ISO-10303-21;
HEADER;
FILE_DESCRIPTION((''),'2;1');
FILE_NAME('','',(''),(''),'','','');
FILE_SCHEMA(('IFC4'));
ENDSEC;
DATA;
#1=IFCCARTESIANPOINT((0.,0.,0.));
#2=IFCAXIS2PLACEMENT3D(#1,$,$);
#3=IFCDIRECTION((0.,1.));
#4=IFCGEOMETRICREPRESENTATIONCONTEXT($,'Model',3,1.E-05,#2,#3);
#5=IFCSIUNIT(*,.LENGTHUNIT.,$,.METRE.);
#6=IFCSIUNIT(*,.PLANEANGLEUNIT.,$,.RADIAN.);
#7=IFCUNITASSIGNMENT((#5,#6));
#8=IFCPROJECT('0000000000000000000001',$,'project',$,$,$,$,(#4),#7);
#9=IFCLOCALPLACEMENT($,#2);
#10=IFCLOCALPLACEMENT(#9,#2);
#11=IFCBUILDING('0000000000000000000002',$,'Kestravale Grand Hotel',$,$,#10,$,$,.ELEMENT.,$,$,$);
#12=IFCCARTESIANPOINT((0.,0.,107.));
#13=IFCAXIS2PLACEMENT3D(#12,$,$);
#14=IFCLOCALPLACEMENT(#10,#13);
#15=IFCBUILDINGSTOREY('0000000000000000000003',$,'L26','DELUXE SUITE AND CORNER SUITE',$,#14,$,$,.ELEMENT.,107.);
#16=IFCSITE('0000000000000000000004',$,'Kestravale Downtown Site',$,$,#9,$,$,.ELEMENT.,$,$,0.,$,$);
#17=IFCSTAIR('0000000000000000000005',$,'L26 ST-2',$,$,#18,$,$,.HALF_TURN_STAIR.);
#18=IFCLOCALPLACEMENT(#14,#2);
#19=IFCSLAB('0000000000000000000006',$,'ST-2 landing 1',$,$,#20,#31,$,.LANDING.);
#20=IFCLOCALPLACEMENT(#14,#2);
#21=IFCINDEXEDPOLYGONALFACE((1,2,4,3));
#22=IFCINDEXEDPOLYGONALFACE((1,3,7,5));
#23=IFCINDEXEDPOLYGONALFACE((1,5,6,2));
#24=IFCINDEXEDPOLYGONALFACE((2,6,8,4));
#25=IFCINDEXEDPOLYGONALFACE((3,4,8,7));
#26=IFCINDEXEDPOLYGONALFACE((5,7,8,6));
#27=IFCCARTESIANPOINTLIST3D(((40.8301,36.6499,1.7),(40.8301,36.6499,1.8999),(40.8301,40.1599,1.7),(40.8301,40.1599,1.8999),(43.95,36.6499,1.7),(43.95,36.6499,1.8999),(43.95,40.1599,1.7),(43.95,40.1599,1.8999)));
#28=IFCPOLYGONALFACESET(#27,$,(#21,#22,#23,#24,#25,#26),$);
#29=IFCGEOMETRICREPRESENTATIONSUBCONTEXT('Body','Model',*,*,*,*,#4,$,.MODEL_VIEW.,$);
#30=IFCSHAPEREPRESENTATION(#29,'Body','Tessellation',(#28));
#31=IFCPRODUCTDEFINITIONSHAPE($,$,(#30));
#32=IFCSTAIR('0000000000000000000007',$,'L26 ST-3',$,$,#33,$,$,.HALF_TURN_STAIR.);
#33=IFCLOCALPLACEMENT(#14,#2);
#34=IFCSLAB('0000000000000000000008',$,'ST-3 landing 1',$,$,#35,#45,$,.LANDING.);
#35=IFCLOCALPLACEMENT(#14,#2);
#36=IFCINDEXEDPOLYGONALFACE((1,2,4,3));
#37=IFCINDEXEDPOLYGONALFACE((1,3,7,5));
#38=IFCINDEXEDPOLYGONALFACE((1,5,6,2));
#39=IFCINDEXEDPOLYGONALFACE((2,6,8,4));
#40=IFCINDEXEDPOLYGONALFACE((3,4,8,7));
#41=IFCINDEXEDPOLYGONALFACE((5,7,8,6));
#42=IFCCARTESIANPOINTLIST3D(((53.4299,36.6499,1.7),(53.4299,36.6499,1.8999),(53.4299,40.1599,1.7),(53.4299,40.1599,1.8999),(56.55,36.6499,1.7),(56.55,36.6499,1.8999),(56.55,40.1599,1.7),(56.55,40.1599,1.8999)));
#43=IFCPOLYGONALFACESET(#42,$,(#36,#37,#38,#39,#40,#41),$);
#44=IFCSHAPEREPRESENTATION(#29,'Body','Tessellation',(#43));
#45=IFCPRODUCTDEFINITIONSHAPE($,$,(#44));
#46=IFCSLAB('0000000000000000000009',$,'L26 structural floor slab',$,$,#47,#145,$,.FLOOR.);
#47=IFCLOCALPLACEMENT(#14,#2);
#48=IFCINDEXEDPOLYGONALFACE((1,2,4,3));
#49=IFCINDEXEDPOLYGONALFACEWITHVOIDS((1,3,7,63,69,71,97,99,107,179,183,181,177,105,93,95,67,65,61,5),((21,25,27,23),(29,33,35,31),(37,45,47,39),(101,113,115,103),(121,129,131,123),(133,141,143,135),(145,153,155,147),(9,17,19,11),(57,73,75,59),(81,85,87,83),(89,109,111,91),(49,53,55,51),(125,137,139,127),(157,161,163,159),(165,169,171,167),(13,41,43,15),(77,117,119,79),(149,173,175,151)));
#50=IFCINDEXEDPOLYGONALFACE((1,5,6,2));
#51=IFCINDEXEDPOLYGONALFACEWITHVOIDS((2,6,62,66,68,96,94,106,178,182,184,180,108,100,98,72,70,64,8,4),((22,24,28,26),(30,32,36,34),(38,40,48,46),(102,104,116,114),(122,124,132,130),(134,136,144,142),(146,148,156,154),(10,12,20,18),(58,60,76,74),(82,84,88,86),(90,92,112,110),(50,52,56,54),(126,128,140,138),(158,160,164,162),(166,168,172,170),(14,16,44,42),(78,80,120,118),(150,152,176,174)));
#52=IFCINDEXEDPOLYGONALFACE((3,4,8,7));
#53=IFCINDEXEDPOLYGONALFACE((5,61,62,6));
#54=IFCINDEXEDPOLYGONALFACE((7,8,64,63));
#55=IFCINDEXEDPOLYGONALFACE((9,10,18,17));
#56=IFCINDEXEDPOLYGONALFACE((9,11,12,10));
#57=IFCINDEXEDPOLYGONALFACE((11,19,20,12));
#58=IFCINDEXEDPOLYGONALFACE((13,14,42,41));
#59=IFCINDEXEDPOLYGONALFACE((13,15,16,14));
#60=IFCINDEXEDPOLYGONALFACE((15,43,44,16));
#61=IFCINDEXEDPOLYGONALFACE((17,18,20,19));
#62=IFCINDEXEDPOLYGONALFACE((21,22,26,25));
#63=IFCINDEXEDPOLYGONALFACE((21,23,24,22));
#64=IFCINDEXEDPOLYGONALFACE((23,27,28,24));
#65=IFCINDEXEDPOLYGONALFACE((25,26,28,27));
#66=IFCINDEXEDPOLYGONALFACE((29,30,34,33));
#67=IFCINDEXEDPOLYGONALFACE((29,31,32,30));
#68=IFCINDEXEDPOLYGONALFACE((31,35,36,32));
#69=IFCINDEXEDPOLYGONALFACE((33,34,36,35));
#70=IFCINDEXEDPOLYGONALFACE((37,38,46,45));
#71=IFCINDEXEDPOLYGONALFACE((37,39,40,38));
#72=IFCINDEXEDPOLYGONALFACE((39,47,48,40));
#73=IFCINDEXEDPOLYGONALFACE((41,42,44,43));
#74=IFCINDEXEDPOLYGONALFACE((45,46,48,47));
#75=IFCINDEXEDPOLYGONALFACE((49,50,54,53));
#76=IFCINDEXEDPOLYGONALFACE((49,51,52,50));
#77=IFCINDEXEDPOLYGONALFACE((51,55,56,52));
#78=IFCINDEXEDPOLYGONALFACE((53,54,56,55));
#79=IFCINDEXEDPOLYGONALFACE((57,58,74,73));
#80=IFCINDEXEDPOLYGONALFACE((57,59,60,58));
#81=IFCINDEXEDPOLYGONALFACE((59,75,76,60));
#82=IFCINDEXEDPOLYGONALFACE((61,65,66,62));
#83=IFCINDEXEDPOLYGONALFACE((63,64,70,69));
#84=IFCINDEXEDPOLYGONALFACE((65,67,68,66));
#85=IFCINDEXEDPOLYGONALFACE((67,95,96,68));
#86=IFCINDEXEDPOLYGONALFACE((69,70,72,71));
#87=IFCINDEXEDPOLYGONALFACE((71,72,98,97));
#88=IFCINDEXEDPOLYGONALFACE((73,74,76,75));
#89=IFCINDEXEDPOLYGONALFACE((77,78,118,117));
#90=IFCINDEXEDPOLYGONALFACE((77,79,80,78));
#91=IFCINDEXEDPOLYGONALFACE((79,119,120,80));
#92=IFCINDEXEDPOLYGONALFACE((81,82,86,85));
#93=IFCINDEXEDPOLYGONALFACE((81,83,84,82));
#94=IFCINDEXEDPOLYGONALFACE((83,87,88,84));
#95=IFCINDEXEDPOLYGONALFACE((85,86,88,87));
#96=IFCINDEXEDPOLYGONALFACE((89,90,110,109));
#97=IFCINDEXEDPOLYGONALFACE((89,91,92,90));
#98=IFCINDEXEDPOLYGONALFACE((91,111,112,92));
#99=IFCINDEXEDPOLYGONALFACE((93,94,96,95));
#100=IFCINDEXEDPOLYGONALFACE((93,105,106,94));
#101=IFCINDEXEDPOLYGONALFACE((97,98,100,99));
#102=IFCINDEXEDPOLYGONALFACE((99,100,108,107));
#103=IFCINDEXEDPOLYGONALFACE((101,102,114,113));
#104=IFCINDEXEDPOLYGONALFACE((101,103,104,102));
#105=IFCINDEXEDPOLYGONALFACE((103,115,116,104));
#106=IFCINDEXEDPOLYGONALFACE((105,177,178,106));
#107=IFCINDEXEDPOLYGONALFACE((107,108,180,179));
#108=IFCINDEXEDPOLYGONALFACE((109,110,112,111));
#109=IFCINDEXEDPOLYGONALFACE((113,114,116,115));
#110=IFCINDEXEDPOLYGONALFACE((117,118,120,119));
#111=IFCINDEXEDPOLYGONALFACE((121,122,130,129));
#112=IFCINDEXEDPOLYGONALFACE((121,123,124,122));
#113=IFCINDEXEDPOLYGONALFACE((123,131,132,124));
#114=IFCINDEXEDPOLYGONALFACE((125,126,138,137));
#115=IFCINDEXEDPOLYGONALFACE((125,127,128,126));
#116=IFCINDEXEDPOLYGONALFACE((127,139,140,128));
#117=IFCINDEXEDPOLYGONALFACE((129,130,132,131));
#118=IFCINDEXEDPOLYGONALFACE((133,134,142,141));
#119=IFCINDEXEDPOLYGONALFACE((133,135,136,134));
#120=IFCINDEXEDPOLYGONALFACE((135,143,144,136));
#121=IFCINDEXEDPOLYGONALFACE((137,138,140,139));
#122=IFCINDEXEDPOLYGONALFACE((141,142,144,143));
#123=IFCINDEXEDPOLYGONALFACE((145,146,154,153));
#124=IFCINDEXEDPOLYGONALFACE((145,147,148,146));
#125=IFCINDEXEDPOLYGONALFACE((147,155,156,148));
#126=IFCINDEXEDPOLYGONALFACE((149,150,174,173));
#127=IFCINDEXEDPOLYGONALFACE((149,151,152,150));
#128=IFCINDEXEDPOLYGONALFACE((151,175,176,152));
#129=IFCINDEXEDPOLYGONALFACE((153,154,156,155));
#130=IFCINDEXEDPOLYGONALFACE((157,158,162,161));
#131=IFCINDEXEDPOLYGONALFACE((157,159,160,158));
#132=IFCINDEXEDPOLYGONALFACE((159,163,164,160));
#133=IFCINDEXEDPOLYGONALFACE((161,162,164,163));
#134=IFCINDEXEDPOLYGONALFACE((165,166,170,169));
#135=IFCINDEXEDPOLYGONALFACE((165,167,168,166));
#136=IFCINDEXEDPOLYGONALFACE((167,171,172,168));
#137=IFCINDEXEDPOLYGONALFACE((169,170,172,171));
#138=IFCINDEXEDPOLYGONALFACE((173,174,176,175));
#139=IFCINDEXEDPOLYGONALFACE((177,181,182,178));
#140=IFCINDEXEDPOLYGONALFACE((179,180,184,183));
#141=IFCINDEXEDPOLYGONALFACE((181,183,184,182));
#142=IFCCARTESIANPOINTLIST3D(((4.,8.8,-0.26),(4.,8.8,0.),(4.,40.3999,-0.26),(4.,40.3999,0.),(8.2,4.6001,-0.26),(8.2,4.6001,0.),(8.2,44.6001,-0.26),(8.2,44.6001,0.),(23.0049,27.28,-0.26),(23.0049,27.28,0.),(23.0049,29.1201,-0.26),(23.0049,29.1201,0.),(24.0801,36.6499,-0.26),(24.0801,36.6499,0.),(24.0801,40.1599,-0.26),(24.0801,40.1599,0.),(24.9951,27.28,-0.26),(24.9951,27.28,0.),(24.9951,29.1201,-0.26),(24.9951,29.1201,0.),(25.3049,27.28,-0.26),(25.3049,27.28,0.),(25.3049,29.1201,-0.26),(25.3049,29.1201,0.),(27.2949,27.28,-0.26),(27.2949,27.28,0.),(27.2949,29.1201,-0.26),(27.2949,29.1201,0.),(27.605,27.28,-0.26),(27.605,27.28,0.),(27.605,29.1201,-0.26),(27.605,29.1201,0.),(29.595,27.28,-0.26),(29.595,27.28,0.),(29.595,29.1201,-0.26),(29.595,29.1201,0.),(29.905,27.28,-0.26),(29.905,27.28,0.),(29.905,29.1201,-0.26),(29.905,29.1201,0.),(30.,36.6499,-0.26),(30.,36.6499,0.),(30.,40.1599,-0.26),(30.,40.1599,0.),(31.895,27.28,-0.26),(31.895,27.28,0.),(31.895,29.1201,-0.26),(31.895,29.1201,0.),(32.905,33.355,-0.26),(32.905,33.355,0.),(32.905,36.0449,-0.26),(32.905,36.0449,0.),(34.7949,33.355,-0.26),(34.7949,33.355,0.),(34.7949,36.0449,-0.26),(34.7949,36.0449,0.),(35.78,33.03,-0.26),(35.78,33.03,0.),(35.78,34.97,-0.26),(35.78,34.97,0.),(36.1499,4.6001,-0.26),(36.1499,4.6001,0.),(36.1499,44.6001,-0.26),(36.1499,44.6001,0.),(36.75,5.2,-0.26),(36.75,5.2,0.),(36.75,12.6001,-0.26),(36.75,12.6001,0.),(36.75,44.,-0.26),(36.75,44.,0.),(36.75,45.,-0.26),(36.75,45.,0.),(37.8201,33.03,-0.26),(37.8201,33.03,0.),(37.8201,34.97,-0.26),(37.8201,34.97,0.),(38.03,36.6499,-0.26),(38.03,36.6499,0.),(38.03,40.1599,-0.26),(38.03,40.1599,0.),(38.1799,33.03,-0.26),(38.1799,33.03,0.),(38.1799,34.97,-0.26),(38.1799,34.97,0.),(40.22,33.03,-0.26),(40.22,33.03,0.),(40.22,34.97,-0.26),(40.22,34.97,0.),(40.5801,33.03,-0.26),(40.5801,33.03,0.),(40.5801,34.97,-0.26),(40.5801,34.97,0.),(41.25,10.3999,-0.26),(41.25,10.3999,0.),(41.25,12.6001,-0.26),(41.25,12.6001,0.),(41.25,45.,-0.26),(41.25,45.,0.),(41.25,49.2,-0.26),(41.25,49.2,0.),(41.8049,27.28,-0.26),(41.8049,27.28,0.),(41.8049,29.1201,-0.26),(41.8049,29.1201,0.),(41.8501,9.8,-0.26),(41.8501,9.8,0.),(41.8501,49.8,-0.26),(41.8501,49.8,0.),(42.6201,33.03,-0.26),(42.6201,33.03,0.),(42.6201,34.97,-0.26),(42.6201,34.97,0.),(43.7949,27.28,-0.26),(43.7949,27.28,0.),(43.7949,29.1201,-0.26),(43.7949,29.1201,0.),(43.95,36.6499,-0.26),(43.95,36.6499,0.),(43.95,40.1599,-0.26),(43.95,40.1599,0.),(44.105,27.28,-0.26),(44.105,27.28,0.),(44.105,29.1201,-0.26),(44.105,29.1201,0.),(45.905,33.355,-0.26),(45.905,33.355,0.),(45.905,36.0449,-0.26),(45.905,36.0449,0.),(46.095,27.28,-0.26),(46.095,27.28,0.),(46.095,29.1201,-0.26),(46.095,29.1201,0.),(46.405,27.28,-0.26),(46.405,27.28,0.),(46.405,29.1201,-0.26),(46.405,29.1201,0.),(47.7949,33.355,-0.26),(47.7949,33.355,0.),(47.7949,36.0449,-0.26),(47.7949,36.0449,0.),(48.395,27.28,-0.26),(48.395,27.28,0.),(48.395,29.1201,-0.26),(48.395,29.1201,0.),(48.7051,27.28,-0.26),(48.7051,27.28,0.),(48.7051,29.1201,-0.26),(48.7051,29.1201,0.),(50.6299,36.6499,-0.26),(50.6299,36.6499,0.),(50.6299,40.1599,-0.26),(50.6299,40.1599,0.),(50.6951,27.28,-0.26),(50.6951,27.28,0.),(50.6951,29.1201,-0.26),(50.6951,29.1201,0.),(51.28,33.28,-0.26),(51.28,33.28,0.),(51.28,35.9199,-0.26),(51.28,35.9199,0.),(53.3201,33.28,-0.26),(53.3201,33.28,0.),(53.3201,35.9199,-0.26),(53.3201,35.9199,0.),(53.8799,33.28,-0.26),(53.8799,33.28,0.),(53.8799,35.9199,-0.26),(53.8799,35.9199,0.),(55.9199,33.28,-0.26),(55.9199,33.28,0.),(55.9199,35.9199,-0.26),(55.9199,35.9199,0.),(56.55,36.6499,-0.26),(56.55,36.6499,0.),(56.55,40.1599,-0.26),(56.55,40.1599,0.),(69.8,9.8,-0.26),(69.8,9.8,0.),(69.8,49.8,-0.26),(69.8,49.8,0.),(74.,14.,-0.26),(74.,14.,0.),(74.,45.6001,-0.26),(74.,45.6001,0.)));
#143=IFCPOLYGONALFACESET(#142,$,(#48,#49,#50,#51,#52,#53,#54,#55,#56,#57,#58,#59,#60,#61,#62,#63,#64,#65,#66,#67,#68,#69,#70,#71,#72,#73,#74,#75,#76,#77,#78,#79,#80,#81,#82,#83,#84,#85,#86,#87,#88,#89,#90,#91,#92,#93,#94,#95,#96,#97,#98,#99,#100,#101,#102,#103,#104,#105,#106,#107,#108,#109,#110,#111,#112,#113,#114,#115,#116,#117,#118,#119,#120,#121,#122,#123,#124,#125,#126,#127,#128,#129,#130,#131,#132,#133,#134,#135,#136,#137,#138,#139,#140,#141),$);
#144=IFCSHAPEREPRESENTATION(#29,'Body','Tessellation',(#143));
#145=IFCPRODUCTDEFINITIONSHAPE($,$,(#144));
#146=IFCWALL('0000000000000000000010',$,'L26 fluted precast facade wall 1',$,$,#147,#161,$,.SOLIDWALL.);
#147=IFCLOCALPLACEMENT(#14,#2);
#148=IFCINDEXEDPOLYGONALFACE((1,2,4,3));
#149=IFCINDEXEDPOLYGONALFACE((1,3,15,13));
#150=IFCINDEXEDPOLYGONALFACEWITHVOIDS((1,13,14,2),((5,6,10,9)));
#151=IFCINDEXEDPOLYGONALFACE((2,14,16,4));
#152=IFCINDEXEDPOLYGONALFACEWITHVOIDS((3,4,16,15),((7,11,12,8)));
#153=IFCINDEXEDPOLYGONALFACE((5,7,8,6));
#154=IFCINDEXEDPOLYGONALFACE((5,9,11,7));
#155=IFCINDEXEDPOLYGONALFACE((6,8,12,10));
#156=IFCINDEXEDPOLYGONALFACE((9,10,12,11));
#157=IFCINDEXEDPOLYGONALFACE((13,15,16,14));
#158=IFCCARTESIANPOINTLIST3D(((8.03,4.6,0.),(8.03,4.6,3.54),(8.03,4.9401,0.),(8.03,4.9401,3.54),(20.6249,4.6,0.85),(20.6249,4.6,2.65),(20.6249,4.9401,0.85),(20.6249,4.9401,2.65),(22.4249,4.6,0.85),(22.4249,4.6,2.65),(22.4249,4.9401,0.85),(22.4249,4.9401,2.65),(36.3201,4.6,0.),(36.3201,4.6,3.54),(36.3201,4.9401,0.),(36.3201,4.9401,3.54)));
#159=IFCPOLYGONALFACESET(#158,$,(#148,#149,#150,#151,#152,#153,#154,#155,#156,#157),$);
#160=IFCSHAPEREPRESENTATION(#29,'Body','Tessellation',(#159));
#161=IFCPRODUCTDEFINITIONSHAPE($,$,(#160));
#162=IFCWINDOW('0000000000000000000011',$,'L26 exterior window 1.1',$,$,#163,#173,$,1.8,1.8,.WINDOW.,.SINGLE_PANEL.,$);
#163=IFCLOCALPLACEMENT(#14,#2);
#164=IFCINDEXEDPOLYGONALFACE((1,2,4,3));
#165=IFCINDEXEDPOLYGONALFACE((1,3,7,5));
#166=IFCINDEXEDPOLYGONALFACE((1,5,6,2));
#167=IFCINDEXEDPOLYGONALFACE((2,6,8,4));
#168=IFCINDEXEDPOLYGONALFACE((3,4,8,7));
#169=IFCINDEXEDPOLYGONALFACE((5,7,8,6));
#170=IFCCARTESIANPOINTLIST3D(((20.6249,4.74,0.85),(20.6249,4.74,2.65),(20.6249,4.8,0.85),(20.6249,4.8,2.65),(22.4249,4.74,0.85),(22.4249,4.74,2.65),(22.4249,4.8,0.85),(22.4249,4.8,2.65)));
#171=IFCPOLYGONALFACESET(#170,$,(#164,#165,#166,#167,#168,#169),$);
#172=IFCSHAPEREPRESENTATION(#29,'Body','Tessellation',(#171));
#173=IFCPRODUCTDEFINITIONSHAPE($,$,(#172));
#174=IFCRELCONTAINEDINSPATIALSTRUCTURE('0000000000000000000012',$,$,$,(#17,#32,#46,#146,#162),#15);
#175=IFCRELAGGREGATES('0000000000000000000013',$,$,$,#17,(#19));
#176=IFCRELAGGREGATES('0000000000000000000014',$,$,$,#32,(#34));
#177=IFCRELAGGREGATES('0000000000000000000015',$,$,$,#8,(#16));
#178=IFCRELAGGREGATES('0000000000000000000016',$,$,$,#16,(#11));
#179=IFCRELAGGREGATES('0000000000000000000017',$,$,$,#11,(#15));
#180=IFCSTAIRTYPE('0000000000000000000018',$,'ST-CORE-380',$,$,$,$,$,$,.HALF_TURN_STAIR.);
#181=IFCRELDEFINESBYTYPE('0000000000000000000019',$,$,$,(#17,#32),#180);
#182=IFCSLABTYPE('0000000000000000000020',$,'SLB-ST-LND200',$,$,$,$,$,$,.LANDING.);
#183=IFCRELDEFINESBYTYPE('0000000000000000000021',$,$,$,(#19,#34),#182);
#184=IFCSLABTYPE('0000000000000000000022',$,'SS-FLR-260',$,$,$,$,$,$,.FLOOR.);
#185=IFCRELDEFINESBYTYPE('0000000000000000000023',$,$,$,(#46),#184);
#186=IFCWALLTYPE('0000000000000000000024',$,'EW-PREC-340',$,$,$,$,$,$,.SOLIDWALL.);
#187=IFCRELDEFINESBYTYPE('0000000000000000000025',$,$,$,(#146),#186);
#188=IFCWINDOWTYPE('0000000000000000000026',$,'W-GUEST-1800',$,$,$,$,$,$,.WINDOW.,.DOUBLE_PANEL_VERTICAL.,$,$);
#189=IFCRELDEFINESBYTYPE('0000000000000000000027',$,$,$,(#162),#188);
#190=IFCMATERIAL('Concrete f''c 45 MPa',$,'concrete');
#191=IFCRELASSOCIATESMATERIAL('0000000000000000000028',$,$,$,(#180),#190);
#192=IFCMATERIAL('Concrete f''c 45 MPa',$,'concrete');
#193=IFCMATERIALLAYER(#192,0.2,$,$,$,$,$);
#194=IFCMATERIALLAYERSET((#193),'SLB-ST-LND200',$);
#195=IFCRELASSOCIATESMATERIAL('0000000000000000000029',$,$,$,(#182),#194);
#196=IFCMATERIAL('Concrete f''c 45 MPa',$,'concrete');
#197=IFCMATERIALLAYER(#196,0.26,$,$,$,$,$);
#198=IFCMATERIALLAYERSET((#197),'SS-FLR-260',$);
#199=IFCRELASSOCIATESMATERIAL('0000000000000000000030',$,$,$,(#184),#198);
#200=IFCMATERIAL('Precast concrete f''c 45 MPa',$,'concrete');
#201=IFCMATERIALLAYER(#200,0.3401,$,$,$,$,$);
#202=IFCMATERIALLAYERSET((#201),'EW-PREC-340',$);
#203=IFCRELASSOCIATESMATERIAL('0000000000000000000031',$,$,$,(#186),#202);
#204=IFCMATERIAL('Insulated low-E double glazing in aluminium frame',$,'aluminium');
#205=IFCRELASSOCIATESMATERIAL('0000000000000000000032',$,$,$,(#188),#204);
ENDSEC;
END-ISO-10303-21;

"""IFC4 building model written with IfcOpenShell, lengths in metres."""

from ifc_helpers import new_model, si_unit, direction, frame, frame_2d, origin, place, context, subcontext, project, spatial, polyline, rectangle, outline, extrude, material, layer, layer_set, type_object, element, fill, aggregate, save


model = new_model("IFC4")

# Units and contexts
model_context = context("Model", 3, precision=1e-05, world=origin(), true_north=direction((0.0, 1.0)))
body_context = subcontext(model_context, "Body", "Model", "MODEL_VIEW")
ifc_project = project(units=[si_unit("LENGTHUNIT", "METRE"), si_unit("PLANEANGLEUNIT", "RADIAN")], contexts=[model_context])

# Site, building, storey
site_placement = place(None, origin())
site = spatial("IfcSite", under=ifc_project, at=site_placement, Name="Kestravale Downtown Site", CompositionType="ELEMENT", RefElevation=0.0)
building_placement = place(site_placement, origin())
building = spatial("IfcBuilding", under=site, at=building_placement, Name="Kestravale Grand Hotel", CompositionType="ELEMENT")
storey_placement = place(building_placement, frame((0.0, 0.0, 107.0)))
storey = spatial("IfcBuildingStorey", under=building, at=storey_placement, Name="L26", Description="DELUXE SUITE AND CORNER SUITE", CompositionType="ELEMENT", Elevation=107.0)

# Stairs, slabs
ifc_material_1 = material(Name="Concrete f'c 45 MPa", Category="concrete")
stair_type = type_object("IfcStairType", Name="ST-CORE-380", PredefinedType="HALF_TURN_STAIR", material=ifc_material_1)
ifc_material_2 = material(Name="Concrete f'c 45 MPa", Category="concrete")
ifc_layer_1 = layer(ifc_material_2, 0.2)
ifc_layer_set_1 = layer_set([ifc_layer_1], Name="SLB-ST-LND200")
slab_type_1 = type_object("IfcSlabType", Name="SLB-ST-LND200", PredefinedType="LANDING", material=ifc_layer_set_1)
stair_1_placement = place(storey_placement, origin())
stair_1 = element("IfcStair", 1, at=stair_1_placement, inside=storey, type_object=stair_type, Name="L26 ST-2", PredefinedType="HALF_TURN_STAIR")
slab_1_placement = place(storey_placement, frame((0.0, 0.0, 1.7)))
slab_1 = element("IfcSlab", 2, at=slab_1_placement, type_object=slab_type_1, Name="ST-2 landing 1", PredefinedType="LANDING", context=body_context, shape_type="SweptSolid", body=[
    extrude(outline(polyline([(40.8301, 36.6499), (43.95, 36.6499), (43.95, 40.1599), (40.8301, 40.1599), (40.8301, 36.6499)])), origin(), (0.0, 0.0, 1.0), 0.2),
])
aggregate(stair_1, [slab_1])
stair_2_placement = place(storey_placement, origin())
stair_2 = element("IfcStair", 3, at=stair_2_placement, inside=storey, type_object=stair_type, Name="L26 ST-3", PredefinedType="HALF_TURN_STAIR")
slab_2_placement = place(storey_placement, frame((0.0, 0.0, 1.7)))
slab_2 = element("IfcSlab", 4, at=slab_2_placement, type_object=slab_type_1, Name="ST-3 landing 1", PredefinedType="LANDING", context=body_context, shape_type="SweptSolid", body=[
    extrude(outline(polyline([(53.4299, 36.6499), (56.55, 36.6499), (56.55, 40.1599), (53.4299, 40.1599), (53.4299, 36.6499)])), origin(), (0.0, 0.0, 1.0), 0.2),
])
aggregate(stair_2, [slab_2])

# Slab
ifc_material_3 = material(Name="Concrete f'c 45 MPa", Category="concrete")
ifc_layer_2 = layer(ifc_material_3, 0.26)
ifc_layer_set_2 = layer_set([ifc_layer_2], Name="SS-FLR-260")
slab_type_2 = type_object("IfcSlabType", Name="SS-FLR-260", PredefinedType="FLOOR", material=ifc_layer_set_2)
slab_3_placement = place(storey_placement, frame((0.0, 0.0, -0.26)))
element("IfcSlab", 5, at=slab_3_placement, inside=storey, type_object=slab_type_2, Name="L26 structural floor slab", PredefinedType="FLOOR", context=body_context, shape_type="SweptSolid", body=[
    extrude(outline(polyline([(8.2, 4.6001), (36.1499, 4.6001), (36.75, 5.2), (36.75, 12.6001), (41.25, 12.6001), (41.25, 10.3999), (41.8501, 9.8), (69.8, 9.8), (74.0, 14.0), (74.0, 45.6001), (69.8, 49.8), (41.8501, 49.8), (41.25, 49.2), (41.25, 45.0), (36.75, 45.0), (36.75, 44.0), (36.1499, 44.6001), (8.2, 44.6001), (4.0, 40.3999), (4.0, 8.8), (8.2, 4.6001)]), holes=[polyline([(24.0801, 36.6499), (30.0, 36.6499), (30.0, 40.1599), (24.0801, 40.1599), (24.0801, 36.6499)]), polyline([(38.03, 36.6499), (43.95, 36.6499), (43.95, 40.1599), (38.03, 40.1599), (38.03, 36.6499)]), polyline([(50.6299, 36.6499), (56.55, 36.6499), (56.55, 40.1599), (50.6299, 40.1599), (50.6299, 36.6499)]), polyline([(23.0049, 27.28), (24.9951, 27.28), (24.9951, 29.1201), (23.0049, 29.1201), (23.0049, 27.28)]), polyline([(25.3049, 27.28), (27.2949, 27.28), (27.2949, 29.1201), (25.3049, 29.1201), (25.3049, 27.28)]), polyline([(27.605, 27.28), (29.595, 27.28), (29.595, 29.1201), (27.605, 29.1201), (27.605, 27.28)]), polyline([(29.905, 27.28), (31.895, 27.28), (31.895, 29.1201), (29.905, 29.1201), (29.905, 27.28)]), polyline([(41.8049, 27.28), (43.7949, 27.28), (43.7949, 29.1201), (41.8049, 29.1201), (41.8049, 27.28)]), polyline([(44.105, 27.28), (46.095, 27.28), (46.095, 29.1201), (44.105, 29.1201), (44.105, 27.28)]), polyline([(46.405, 27.28), (48.395, 27.28), (48.395, 29.1201), (46.405, 29.1201), (46.405, 27.28)]), polyline([(48.7051, 27.28), (50.6951, 27.28), (50.6951, 29.1201), (48.7051, 29.1201), (48.7051, 27.28)]), polyline([(35.78, 33.03), (37.8201, 33.03), (37.8201, 34.97), (35.78, 34.97), (35.78, 33.03)]), polyline([(38.1799, 33.03), (40.22, 33.03), (40.22, 34.97), (38.1799, 34.97), (38.1799, 33.03)]), polyline([(40.5801, 33.03), (42.6201, 33.03), (42.6201, 34.97), (40.5801, 34.97), (40.5801, 33.03)]), polyline([(32.905, 33.355), (34.7949, 33.355), (34.7949, 36.0449), (32.905, 36.0449), (32.905, 33.355)]), polyline([(45.905, 33.355), (47.7949, 33.355), (47.7949, 36.0449), (45.905, 36.0449), (45.905, 33.355)]), polyline([(51.28, 33.28), (53.3201, 33.28), (53.3201, 35.9199), (51.28, 35.9199), (51.28, 33.28)]), polyline([(53.8799, 33.28), (55.9199, 33.28), (55.9199, 35.9199), (53.8799, 35.9199), (53.8799, 33.28)])]), origin(), (0.0, 0.0, 1.0), 0.26),
])

# Wall, opening, window
ifc_material_4 = material(Name="Precast concrete f'c 45 MPa", Category="concrete")
ifc_layer_3 = layer(ifc_material_4, 0.3401)
ifc_layer_set_3 = layer_set([ifc_layer_3], Name="EW-PREC-340")
wall_type_1 = type_object("IfcWallType", Name="EW-PREC-340", PredefinedType="SOLIDWALL", material=ifc_layer_set_3)
wall_1_placement = place(storey_placement, frame((8.03, 4.77, 0.0), z_axis=(0.0, 0.0, 1.0), x_axis=(1.0, 0.0, 0.0)))
wall_1 = element("IfcWall", 6, at=wall_1_placement, inside=storey, type_object=wall_type_1, Name="L26 fluted precast facade wall 1", PredefinedType="SOLIDWALL", context=body_context, shape_type="SweptSolid", body=[
    extrude(rectangle(XDim=28.29, YDim=0.3401, at=frame_2d((14.145, 0.0))), origin(), (0.0, 0.0, 1.0), 3.54),
])
opening_1_placement = place(wall_1_placement, frame((12.595, 0.0, 0.8501)))
opening_1 = element("IfcOpeningElement", 7, at=opening_1_placement, cuts=wall_1, PredefinedType="OPENING", context=body_context, shape_type="SweptSolid", body=[
    extrude(rectangle(XDim=1.8, YDim=1.8, at=frame_2d((0.8999, 0.8999))), frame((0.0, 0.1799, 0.0), z_axis=(0.0, -1.0, 0.0), x_axis=(1.0, 0.0, 0.0)), (0.0, 0.0, 1.0), 0.3601),
])
ifc_material_5 = material(Name="Insulated low-E double glazing in aluminium frame", Category="aluminium")
window_type = type_object("IfcWindowType", Name="W-GUEST-1800", PartitioningType="DOUBLE_PANEL_VERTICAL", PredefinedType="WINDOW", material=ifc_material_5)
window_1_placement = place(opening_1_placement, origin())
window_1 = element("IfcWindow", 8, at=window_1_placement, inside=storey, type_object=window_type, Name="L26 exterior window 1.1", OverallHeight=1.8, OverallWidth=1.8, PartitioningType="SINGLE_PANEL", PredefinedType="WINDOW", context=body_context, shape_type="SweptSolid", body=[
    extrude(rectangle(XDim=1.8, YDim=1.8, at=frame_2d((0.8999, 0.8999))), frame((0.0, 0.03, 0.0), z_axis=(0.0, -1.0, 0.0), x_axis=(1.0, 0.0, 0.0)), (0.0, 0.0, 1.0), 0.0601),
])
fill(opening_1, window_1)

save(model, "model.ifc")
